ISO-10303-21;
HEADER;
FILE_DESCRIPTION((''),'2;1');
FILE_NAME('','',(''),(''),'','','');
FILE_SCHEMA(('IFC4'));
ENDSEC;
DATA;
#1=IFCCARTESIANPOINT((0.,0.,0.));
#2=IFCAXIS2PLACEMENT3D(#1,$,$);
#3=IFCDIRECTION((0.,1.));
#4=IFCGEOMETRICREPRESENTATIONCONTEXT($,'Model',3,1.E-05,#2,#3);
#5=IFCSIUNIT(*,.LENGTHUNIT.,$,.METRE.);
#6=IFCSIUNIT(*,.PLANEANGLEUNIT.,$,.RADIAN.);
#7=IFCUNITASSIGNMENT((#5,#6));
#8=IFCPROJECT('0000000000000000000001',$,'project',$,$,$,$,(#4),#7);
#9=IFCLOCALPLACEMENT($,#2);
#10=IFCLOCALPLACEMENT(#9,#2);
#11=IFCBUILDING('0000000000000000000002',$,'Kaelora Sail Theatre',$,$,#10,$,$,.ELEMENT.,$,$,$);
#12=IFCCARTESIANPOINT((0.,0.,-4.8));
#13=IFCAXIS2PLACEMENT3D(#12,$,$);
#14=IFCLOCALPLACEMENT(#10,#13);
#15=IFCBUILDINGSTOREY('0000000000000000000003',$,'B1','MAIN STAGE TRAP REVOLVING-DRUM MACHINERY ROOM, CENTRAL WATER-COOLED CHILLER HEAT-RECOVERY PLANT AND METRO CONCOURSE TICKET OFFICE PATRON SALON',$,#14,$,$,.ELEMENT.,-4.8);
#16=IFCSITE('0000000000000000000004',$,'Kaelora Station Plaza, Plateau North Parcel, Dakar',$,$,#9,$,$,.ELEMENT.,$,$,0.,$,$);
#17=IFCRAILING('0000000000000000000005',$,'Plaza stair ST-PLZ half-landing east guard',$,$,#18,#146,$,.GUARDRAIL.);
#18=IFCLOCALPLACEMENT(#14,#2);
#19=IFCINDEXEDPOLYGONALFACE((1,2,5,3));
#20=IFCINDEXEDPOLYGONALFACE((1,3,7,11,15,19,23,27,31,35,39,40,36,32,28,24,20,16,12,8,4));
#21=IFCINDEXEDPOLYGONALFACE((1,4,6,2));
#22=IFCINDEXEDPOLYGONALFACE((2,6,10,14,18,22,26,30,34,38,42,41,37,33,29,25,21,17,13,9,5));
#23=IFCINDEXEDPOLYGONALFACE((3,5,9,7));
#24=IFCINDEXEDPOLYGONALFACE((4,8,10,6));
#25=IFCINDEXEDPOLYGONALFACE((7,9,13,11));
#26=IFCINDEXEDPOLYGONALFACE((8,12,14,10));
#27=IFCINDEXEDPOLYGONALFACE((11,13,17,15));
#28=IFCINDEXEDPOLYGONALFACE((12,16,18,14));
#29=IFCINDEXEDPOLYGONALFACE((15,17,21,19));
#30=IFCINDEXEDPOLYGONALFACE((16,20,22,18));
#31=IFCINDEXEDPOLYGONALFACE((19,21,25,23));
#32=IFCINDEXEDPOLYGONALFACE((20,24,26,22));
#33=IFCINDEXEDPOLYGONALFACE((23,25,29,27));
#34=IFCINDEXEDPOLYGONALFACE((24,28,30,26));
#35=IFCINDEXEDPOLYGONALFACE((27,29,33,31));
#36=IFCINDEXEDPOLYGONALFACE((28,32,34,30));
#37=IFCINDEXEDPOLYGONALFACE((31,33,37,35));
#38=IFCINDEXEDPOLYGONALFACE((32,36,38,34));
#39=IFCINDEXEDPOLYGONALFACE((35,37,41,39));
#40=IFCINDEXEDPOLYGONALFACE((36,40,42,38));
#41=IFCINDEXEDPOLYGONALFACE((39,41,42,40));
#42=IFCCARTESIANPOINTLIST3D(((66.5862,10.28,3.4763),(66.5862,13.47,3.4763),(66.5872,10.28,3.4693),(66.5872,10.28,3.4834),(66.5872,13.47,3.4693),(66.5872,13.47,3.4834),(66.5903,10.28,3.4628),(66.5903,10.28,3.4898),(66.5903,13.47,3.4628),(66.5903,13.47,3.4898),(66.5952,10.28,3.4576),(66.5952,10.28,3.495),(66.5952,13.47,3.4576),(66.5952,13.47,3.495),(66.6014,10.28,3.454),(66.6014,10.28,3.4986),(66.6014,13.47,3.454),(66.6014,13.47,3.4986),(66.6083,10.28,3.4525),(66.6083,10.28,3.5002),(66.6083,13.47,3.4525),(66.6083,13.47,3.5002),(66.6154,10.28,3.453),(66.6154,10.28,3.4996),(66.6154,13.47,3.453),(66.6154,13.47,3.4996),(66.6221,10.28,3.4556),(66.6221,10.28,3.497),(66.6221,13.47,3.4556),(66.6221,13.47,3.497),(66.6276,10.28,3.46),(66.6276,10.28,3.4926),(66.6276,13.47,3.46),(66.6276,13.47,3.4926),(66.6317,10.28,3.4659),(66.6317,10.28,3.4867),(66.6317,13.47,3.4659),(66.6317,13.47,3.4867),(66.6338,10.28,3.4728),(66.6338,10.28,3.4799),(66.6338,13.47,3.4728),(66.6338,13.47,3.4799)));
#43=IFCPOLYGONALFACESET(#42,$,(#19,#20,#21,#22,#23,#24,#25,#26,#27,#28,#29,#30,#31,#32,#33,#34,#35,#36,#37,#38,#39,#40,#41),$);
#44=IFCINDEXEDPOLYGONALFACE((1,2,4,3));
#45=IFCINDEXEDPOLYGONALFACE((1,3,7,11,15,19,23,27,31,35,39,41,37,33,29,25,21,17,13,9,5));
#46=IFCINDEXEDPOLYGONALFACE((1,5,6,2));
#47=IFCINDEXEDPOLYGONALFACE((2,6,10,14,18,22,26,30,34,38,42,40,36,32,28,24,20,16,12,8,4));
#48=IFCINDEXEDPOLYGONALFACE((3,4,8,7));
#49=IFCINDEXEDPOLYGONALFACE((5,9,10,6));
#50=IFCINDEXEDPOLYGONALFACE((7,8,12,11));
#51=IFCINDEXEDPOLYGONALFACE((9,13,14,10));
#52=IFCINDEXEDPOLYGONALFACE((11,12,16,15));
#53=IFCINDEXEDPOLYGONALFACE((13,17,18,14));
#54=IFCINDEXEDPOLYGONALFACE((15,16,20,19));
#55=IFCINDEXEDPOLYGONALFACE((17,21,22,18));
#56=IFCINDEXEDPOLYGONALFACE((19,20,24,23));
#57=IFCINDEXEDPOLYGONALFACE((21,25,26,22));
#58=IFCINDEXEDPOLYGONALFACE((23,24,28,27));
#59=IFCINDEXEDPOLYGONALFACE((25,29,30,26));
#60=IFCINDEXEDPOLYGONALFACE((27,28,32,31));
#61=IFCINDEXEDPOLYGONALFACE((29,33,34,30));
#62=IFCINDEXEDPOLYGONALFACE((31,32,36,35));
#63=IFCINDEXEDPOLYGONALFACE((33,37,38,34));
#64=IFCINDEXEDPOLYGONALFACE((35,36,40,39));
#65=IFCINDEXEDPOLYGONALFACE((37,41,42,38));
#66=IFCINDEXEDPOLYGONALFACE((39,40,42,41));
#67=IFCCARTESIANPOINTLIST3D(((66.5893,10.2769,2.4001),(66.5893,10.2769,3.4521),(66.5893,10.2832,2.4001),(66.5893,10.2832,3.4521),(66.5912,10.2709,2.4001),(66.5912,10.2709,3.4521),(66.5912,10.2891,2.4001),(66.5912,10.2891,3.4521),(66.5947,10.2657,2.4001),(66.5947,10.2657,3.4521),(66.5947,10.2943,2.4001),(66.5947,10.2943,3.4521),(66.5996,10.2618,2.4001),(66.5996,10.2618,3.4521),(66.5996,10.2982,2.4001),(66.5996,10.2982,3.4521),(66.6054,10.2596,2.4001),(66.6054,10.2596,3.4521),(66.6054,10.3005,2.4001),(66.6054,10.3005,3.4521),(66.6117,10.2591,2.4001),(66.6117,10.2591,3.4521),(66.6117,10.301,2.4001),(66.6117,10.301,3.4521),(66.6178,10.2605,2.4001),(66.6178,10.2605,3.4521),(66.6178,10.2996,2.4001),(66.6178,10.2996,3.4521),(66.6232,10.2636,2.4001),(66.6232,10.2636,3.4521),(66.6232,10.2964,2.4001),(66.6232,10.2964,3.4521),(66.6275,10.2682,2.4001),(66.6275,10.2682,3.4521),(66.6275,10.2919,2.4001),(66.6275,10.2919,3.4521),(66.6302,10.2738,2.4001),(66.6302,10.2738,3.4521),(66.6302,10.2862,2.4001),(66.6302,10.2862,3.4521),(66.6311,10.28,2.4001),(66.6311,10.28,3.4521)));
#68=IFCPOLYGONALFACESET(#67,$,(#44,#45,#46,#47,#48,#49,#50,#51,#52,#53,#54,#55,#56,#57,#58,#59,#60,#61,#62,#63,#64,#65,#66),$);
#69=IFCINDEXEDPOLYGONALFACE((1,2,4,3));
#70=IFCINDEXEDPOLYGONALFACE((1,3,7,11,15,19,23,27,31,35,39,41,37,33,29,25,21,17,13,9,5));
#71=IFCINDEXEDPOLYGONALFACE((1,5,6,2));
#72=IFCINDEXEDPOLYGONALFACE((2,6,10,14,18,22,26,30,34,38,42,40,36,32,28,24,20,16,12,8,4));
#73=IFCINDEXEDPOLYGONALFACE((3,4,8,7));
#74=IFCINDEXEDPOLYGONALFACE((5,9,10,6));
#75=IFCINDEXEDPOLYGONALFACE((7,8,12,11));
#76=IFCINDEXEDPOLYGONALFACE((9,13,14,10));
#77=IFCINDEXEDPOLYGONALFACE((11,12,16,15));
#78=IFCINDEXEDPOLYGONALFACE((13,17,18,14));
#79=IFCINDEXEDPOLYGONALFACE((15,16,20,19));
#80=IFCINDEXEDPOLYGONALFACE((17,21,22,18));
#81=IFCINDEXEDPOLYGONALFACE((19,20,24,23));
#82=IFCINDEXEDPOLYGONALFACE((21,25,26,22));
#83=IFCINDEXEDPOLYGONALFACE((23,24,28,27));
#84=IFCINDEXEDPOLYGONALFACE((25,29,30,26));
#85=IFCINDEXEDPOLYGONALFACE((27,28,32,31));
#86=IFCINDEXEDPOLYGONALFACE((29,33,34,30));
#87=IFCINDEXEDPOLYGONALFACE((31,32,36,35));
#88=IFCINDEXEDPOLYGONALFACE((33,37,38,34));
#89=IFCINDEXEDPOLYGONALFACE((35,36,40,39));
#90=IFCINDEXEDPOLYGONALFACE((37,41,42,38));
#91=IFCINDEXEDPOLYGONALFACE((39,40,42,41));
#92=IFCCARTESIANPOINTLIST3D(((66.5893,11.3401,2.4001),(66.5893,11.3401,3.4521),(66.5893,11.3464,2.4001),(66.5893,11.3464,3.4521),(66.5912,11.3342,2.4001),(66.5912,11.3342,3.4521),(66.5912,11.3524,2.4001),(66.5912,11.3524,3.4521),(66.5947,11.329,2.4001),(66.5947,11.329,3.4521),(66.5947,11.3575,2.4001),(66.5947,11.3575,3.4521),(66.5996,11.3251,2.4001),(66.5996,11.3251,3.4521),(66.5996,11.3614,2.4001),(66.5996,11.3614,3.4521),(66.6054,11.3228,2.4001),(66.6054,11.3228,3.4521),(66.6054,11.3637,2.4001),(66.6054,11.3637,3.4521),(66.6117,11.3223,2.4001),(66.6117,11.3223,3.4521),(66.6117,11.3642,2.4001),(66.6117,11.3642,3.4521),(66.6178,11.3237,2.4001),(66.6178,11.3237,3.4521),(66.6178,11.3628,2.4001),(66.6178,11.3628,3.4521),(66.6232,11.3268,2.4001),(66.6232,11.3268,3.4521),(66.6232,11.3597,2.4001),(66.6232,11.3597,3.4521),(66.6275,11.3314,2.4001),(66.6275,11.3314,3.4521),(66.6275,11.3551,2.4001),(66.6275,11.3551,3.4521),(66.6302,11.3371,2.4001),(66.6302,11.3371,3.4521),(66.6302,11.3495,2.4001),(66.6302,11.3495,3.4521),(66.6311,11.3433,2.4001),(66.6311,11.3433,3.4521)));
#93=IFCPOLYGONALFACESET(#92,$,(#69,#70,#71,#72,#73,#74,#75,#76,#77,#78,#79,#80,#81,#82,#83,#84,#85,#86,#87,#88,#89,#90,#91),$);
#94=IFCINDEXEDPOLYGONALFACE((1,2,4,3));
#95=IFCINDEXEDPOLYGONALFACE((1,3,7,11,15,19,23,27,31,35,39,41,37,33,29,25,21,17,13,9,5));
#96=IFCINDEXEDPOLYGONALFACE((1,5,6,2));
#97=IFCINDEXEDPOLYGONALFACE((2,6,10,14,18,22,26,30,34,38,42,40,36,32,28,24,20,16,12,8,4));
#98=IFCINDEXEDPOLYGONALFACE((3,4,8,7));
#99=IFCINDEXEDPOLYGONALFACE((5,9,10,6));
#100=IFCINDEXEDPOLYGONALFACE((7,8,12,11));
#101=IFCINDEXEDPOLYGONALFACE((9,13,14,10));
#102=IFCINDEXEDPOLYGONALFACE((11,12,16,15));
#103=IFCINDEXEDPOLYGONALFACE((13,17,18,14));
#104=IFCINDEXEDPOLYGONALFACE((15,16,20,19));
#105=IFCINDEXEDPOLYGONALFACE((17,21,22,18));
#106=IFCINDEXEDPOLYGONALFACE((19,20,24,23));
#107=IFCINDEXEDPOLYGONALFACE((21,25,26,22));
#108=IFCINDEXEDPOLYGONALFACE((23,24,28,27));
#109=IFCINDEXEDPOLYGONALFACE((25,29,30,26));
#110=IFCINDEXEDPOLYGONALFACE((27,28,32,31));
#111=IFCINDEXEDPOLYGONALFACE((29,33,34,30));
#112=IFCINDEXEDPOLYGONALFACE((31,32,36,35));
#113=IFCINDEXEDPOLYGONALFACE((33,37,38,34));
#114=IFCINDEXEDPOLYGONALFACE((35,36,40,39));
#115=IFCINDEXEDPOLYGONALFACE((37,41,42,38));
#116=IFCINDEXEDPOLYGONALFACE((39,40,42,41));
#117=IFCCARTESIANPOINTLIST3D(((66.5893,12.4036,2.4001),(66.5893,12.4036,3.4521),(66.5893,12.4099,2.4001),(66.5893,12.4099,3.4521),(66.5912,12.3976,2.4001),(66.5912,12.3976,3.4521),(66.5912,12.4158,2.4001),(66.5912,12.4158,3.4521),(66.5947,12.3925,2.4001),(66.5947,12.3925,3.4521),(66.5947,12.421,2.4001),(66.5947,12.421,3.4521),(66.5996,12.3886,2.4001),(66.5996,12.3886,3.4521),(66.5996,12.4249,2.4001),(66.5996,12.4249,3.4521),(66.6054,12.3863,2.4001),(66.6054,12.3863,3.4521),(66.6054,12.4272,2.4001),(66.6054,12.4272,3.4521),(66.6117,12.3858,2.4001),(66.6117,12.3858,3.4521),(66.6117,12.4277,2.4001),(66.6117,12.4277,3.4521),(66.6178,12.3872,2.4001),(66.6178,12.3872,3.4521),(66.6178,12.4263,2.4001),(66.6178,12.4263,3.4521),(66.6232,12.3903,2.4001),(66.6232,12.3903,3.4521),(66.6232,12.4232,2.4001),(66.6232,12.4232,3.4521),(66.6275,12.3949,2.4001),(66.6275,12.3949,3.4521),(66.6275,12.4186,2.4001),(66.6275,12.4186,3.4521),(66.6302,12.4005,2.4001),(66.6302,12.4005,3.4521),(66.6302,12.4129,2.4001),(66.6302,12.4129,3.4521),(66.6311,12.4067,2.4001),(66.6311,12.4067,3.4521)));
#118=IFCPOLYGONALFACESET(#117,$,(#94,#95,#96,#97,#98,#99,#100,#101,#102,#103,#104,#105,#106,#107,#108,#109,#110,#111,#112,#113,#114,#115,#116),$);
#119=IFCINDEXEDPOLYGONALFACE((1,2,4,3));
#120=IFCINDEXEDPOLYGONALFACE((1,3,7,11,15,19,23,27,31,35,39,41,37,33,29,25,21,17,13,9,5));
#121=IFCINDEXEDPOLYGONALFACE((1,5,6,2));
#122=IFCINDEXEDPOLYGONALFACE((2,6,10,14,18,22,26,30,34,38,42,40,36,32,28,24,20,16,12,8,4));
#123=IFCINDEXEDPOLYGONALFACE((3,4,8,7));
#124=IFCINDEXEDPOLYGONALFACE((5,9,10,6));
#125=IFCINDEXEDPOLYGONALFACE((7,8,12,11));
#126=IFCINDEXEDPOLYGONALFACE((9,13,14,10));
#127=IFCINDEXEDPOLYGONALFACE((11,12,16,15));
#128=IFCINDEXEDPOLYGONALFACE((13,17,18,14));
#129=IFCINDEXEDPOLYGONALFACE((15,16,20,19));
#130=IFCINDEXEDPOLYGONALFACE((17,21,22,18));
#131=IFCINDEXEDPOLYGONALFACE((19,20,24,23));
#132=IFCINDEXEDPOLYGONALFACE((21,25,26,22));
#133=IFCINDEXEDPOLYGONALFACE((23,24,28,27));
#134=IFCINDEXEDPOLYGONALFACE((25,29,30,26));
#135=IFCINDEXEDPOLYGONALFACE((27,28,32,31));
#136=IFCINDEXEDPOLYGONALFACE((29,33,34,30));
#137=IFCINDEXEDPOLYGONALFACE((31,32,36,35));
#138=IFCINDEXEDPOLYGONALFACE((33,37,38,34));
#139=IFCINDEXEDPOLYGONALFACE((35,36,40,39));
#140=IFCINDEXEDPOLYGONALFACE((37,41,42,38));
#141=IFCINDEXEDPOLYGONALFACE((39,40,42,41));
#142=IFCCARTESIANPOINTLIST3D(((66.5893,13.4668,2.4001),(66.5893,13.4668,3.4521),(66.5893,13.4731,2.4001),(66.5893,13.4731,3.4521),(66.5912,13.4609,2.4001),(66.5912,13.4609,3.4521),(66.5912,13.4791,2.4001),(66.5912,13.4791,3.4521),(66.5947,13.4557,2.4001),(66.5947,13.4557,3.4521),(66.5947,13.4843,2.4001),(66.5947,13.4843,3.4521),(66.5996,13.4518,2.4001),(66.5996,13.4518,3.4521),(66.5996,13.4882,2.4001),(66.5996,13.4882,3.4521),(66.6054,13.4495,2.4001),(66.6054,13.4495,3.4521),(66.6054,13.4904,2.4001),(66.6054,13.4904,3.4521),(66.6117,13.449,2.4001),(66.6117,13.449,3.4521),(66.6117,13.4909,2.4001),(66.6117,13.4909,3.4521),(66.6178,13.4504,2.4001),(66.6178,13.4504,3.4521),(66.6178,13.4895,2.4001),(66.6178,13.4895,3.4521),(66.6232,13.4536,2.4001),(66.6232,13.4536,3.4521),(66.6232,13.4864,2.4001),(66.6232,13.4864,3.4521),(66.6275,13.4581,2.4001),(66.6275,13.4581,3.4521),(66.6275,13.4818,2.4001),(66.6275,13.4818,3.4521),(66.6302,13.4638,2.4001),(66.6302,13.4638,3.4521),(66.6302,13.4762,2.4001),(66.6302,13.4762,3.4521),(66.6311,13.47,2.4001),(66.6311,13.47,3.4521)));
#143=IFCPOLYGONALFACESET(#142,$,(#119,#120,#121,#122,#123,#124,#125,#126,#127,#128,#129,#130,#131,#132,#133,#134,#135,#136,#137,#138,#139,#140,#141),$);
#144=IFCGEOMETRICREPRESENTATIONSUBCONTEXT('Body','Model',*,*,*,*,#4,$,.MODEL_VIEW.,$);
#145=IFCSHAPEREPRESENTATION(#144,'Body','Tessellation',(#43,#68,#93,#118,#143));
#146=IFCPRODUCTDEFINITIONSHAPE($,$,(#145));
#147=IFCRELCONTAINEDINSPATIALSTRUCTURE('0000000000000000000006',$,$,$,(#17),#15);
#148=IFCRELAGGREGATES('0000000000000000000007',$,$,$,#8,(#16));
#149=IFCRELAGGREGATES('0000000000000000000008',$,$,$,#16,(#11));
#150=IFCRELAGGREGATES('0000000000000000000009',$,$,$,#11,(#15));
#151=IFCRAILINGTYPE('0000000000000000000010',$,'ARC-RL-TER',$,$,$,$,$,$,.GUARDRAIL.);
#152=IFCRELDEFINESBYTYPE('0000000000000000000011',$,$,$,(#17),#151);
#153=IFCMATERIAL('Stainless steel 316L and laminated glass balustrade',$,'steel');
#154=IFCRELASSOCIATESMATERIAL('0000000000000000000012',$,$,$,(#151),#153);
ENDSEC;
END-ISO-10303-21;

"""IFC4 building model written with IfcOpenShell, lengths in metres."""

from ifc_helpers import new_model, si_unit, direction, frame, origin, origin_2d, place, context, subcontext, project, spatial, circle, extrude, material, type_object, element, save


model = new_model("IFC4")

# Units and contexts
model_context = context("Model", 3, precision=1e-05, world=origin(), true_north=direction((0.0, 1.0)))
body_context = subcontext(model_context, "Body", "Model", "MODEL_VIEW")
ifc_project = project(units=[si_unit("LENGTHUNIT", "METRE"), si_unit("PLANEANGLEUNIT", "RADIAN")], contexts=[model_context])

# Site, building, storey
site_placement = place(None, origin())
site = spatial("IfcSite", under=ifc_project, at=site_placement, Name="Kaelora Station Plaza, Plateau North Parcel, Dakar", CompositionType="ELEMENT", RefElevation=0.0)
building_placement = place(site_placement, origin())
building = spatial("IfcBuilding", under=site, at=building_placement, Name="Kaelora Sail Theatre", CompositionType="ELEMENT")
storey_placement = place(building_placement, frame((0.0, 0.0, -4.8)))
storey = spatial("IfcBuildingStorey", under=building, at=storey_placement, Name="B1", Description="MAIN STAGE TRAP REVOLVING-DRUM MACHINERY ROOM, CENTRAL WATER-COOLED CHILLER HEAT-RECOVERY PLANT AND METRO CONCOURSE TICKET OFFICE PATRON SALON", CompositionType="ELEMENT", Elevation=-4.8)

# Railing
ifc_material_1 = material(Name="Stainless steel 316L and laminated glass balustrade", Category="steel")
railing_type = type_object("IfcRailingType", Name="ARC-RL-TER", PredefinedType="GUARDRAIL", material=ifc_material_1)
railing_1_placement = place(storey_placement, frame((66.6101, 10.28, 2.4001)))
element("IfcRailing", 1, at=railing_1_placement, inside=storey, type_object=railing_type, Name="Plaza stair ST-PLZ half-landing east guard", PredefinedType="GUARDRAIL", context=body_context, shape_type="SweptSolid", body=[
    extrude(circle(Radius=0.0239, at=origin_2d()), frame((0.0, 0.0, 1.0762), z_axis=(0.0, 1.0, 0.0), x_axis=(-1.0, 0.0, 0.0)), (0.0, 0.0, 1.0), 3.1899),
    extrude(circle(Radius=0.021, at=origin_2d()), origin(), (0.0, 0.0, 1.0), 1.052),
    extrude(circle(Radius=0.021, at=origin_2d()), frame((0.0, 1.0632, 0.0)), (0.0, 0.0, 1.0), 1.052),
    extrude(circle(Radius=0.021, at=origin_2d()), frame((0.0, 2.1267, 0.0)), (0.0, 0.0, 1.0), 1.052),
    extrude(circle(Radius=0.021, at=origin_2d()), frame((0.0, 3.1899, 0.0)), (0.0, 0.0, 1.0), 1.052),
])

save(model, "model.ifc")
